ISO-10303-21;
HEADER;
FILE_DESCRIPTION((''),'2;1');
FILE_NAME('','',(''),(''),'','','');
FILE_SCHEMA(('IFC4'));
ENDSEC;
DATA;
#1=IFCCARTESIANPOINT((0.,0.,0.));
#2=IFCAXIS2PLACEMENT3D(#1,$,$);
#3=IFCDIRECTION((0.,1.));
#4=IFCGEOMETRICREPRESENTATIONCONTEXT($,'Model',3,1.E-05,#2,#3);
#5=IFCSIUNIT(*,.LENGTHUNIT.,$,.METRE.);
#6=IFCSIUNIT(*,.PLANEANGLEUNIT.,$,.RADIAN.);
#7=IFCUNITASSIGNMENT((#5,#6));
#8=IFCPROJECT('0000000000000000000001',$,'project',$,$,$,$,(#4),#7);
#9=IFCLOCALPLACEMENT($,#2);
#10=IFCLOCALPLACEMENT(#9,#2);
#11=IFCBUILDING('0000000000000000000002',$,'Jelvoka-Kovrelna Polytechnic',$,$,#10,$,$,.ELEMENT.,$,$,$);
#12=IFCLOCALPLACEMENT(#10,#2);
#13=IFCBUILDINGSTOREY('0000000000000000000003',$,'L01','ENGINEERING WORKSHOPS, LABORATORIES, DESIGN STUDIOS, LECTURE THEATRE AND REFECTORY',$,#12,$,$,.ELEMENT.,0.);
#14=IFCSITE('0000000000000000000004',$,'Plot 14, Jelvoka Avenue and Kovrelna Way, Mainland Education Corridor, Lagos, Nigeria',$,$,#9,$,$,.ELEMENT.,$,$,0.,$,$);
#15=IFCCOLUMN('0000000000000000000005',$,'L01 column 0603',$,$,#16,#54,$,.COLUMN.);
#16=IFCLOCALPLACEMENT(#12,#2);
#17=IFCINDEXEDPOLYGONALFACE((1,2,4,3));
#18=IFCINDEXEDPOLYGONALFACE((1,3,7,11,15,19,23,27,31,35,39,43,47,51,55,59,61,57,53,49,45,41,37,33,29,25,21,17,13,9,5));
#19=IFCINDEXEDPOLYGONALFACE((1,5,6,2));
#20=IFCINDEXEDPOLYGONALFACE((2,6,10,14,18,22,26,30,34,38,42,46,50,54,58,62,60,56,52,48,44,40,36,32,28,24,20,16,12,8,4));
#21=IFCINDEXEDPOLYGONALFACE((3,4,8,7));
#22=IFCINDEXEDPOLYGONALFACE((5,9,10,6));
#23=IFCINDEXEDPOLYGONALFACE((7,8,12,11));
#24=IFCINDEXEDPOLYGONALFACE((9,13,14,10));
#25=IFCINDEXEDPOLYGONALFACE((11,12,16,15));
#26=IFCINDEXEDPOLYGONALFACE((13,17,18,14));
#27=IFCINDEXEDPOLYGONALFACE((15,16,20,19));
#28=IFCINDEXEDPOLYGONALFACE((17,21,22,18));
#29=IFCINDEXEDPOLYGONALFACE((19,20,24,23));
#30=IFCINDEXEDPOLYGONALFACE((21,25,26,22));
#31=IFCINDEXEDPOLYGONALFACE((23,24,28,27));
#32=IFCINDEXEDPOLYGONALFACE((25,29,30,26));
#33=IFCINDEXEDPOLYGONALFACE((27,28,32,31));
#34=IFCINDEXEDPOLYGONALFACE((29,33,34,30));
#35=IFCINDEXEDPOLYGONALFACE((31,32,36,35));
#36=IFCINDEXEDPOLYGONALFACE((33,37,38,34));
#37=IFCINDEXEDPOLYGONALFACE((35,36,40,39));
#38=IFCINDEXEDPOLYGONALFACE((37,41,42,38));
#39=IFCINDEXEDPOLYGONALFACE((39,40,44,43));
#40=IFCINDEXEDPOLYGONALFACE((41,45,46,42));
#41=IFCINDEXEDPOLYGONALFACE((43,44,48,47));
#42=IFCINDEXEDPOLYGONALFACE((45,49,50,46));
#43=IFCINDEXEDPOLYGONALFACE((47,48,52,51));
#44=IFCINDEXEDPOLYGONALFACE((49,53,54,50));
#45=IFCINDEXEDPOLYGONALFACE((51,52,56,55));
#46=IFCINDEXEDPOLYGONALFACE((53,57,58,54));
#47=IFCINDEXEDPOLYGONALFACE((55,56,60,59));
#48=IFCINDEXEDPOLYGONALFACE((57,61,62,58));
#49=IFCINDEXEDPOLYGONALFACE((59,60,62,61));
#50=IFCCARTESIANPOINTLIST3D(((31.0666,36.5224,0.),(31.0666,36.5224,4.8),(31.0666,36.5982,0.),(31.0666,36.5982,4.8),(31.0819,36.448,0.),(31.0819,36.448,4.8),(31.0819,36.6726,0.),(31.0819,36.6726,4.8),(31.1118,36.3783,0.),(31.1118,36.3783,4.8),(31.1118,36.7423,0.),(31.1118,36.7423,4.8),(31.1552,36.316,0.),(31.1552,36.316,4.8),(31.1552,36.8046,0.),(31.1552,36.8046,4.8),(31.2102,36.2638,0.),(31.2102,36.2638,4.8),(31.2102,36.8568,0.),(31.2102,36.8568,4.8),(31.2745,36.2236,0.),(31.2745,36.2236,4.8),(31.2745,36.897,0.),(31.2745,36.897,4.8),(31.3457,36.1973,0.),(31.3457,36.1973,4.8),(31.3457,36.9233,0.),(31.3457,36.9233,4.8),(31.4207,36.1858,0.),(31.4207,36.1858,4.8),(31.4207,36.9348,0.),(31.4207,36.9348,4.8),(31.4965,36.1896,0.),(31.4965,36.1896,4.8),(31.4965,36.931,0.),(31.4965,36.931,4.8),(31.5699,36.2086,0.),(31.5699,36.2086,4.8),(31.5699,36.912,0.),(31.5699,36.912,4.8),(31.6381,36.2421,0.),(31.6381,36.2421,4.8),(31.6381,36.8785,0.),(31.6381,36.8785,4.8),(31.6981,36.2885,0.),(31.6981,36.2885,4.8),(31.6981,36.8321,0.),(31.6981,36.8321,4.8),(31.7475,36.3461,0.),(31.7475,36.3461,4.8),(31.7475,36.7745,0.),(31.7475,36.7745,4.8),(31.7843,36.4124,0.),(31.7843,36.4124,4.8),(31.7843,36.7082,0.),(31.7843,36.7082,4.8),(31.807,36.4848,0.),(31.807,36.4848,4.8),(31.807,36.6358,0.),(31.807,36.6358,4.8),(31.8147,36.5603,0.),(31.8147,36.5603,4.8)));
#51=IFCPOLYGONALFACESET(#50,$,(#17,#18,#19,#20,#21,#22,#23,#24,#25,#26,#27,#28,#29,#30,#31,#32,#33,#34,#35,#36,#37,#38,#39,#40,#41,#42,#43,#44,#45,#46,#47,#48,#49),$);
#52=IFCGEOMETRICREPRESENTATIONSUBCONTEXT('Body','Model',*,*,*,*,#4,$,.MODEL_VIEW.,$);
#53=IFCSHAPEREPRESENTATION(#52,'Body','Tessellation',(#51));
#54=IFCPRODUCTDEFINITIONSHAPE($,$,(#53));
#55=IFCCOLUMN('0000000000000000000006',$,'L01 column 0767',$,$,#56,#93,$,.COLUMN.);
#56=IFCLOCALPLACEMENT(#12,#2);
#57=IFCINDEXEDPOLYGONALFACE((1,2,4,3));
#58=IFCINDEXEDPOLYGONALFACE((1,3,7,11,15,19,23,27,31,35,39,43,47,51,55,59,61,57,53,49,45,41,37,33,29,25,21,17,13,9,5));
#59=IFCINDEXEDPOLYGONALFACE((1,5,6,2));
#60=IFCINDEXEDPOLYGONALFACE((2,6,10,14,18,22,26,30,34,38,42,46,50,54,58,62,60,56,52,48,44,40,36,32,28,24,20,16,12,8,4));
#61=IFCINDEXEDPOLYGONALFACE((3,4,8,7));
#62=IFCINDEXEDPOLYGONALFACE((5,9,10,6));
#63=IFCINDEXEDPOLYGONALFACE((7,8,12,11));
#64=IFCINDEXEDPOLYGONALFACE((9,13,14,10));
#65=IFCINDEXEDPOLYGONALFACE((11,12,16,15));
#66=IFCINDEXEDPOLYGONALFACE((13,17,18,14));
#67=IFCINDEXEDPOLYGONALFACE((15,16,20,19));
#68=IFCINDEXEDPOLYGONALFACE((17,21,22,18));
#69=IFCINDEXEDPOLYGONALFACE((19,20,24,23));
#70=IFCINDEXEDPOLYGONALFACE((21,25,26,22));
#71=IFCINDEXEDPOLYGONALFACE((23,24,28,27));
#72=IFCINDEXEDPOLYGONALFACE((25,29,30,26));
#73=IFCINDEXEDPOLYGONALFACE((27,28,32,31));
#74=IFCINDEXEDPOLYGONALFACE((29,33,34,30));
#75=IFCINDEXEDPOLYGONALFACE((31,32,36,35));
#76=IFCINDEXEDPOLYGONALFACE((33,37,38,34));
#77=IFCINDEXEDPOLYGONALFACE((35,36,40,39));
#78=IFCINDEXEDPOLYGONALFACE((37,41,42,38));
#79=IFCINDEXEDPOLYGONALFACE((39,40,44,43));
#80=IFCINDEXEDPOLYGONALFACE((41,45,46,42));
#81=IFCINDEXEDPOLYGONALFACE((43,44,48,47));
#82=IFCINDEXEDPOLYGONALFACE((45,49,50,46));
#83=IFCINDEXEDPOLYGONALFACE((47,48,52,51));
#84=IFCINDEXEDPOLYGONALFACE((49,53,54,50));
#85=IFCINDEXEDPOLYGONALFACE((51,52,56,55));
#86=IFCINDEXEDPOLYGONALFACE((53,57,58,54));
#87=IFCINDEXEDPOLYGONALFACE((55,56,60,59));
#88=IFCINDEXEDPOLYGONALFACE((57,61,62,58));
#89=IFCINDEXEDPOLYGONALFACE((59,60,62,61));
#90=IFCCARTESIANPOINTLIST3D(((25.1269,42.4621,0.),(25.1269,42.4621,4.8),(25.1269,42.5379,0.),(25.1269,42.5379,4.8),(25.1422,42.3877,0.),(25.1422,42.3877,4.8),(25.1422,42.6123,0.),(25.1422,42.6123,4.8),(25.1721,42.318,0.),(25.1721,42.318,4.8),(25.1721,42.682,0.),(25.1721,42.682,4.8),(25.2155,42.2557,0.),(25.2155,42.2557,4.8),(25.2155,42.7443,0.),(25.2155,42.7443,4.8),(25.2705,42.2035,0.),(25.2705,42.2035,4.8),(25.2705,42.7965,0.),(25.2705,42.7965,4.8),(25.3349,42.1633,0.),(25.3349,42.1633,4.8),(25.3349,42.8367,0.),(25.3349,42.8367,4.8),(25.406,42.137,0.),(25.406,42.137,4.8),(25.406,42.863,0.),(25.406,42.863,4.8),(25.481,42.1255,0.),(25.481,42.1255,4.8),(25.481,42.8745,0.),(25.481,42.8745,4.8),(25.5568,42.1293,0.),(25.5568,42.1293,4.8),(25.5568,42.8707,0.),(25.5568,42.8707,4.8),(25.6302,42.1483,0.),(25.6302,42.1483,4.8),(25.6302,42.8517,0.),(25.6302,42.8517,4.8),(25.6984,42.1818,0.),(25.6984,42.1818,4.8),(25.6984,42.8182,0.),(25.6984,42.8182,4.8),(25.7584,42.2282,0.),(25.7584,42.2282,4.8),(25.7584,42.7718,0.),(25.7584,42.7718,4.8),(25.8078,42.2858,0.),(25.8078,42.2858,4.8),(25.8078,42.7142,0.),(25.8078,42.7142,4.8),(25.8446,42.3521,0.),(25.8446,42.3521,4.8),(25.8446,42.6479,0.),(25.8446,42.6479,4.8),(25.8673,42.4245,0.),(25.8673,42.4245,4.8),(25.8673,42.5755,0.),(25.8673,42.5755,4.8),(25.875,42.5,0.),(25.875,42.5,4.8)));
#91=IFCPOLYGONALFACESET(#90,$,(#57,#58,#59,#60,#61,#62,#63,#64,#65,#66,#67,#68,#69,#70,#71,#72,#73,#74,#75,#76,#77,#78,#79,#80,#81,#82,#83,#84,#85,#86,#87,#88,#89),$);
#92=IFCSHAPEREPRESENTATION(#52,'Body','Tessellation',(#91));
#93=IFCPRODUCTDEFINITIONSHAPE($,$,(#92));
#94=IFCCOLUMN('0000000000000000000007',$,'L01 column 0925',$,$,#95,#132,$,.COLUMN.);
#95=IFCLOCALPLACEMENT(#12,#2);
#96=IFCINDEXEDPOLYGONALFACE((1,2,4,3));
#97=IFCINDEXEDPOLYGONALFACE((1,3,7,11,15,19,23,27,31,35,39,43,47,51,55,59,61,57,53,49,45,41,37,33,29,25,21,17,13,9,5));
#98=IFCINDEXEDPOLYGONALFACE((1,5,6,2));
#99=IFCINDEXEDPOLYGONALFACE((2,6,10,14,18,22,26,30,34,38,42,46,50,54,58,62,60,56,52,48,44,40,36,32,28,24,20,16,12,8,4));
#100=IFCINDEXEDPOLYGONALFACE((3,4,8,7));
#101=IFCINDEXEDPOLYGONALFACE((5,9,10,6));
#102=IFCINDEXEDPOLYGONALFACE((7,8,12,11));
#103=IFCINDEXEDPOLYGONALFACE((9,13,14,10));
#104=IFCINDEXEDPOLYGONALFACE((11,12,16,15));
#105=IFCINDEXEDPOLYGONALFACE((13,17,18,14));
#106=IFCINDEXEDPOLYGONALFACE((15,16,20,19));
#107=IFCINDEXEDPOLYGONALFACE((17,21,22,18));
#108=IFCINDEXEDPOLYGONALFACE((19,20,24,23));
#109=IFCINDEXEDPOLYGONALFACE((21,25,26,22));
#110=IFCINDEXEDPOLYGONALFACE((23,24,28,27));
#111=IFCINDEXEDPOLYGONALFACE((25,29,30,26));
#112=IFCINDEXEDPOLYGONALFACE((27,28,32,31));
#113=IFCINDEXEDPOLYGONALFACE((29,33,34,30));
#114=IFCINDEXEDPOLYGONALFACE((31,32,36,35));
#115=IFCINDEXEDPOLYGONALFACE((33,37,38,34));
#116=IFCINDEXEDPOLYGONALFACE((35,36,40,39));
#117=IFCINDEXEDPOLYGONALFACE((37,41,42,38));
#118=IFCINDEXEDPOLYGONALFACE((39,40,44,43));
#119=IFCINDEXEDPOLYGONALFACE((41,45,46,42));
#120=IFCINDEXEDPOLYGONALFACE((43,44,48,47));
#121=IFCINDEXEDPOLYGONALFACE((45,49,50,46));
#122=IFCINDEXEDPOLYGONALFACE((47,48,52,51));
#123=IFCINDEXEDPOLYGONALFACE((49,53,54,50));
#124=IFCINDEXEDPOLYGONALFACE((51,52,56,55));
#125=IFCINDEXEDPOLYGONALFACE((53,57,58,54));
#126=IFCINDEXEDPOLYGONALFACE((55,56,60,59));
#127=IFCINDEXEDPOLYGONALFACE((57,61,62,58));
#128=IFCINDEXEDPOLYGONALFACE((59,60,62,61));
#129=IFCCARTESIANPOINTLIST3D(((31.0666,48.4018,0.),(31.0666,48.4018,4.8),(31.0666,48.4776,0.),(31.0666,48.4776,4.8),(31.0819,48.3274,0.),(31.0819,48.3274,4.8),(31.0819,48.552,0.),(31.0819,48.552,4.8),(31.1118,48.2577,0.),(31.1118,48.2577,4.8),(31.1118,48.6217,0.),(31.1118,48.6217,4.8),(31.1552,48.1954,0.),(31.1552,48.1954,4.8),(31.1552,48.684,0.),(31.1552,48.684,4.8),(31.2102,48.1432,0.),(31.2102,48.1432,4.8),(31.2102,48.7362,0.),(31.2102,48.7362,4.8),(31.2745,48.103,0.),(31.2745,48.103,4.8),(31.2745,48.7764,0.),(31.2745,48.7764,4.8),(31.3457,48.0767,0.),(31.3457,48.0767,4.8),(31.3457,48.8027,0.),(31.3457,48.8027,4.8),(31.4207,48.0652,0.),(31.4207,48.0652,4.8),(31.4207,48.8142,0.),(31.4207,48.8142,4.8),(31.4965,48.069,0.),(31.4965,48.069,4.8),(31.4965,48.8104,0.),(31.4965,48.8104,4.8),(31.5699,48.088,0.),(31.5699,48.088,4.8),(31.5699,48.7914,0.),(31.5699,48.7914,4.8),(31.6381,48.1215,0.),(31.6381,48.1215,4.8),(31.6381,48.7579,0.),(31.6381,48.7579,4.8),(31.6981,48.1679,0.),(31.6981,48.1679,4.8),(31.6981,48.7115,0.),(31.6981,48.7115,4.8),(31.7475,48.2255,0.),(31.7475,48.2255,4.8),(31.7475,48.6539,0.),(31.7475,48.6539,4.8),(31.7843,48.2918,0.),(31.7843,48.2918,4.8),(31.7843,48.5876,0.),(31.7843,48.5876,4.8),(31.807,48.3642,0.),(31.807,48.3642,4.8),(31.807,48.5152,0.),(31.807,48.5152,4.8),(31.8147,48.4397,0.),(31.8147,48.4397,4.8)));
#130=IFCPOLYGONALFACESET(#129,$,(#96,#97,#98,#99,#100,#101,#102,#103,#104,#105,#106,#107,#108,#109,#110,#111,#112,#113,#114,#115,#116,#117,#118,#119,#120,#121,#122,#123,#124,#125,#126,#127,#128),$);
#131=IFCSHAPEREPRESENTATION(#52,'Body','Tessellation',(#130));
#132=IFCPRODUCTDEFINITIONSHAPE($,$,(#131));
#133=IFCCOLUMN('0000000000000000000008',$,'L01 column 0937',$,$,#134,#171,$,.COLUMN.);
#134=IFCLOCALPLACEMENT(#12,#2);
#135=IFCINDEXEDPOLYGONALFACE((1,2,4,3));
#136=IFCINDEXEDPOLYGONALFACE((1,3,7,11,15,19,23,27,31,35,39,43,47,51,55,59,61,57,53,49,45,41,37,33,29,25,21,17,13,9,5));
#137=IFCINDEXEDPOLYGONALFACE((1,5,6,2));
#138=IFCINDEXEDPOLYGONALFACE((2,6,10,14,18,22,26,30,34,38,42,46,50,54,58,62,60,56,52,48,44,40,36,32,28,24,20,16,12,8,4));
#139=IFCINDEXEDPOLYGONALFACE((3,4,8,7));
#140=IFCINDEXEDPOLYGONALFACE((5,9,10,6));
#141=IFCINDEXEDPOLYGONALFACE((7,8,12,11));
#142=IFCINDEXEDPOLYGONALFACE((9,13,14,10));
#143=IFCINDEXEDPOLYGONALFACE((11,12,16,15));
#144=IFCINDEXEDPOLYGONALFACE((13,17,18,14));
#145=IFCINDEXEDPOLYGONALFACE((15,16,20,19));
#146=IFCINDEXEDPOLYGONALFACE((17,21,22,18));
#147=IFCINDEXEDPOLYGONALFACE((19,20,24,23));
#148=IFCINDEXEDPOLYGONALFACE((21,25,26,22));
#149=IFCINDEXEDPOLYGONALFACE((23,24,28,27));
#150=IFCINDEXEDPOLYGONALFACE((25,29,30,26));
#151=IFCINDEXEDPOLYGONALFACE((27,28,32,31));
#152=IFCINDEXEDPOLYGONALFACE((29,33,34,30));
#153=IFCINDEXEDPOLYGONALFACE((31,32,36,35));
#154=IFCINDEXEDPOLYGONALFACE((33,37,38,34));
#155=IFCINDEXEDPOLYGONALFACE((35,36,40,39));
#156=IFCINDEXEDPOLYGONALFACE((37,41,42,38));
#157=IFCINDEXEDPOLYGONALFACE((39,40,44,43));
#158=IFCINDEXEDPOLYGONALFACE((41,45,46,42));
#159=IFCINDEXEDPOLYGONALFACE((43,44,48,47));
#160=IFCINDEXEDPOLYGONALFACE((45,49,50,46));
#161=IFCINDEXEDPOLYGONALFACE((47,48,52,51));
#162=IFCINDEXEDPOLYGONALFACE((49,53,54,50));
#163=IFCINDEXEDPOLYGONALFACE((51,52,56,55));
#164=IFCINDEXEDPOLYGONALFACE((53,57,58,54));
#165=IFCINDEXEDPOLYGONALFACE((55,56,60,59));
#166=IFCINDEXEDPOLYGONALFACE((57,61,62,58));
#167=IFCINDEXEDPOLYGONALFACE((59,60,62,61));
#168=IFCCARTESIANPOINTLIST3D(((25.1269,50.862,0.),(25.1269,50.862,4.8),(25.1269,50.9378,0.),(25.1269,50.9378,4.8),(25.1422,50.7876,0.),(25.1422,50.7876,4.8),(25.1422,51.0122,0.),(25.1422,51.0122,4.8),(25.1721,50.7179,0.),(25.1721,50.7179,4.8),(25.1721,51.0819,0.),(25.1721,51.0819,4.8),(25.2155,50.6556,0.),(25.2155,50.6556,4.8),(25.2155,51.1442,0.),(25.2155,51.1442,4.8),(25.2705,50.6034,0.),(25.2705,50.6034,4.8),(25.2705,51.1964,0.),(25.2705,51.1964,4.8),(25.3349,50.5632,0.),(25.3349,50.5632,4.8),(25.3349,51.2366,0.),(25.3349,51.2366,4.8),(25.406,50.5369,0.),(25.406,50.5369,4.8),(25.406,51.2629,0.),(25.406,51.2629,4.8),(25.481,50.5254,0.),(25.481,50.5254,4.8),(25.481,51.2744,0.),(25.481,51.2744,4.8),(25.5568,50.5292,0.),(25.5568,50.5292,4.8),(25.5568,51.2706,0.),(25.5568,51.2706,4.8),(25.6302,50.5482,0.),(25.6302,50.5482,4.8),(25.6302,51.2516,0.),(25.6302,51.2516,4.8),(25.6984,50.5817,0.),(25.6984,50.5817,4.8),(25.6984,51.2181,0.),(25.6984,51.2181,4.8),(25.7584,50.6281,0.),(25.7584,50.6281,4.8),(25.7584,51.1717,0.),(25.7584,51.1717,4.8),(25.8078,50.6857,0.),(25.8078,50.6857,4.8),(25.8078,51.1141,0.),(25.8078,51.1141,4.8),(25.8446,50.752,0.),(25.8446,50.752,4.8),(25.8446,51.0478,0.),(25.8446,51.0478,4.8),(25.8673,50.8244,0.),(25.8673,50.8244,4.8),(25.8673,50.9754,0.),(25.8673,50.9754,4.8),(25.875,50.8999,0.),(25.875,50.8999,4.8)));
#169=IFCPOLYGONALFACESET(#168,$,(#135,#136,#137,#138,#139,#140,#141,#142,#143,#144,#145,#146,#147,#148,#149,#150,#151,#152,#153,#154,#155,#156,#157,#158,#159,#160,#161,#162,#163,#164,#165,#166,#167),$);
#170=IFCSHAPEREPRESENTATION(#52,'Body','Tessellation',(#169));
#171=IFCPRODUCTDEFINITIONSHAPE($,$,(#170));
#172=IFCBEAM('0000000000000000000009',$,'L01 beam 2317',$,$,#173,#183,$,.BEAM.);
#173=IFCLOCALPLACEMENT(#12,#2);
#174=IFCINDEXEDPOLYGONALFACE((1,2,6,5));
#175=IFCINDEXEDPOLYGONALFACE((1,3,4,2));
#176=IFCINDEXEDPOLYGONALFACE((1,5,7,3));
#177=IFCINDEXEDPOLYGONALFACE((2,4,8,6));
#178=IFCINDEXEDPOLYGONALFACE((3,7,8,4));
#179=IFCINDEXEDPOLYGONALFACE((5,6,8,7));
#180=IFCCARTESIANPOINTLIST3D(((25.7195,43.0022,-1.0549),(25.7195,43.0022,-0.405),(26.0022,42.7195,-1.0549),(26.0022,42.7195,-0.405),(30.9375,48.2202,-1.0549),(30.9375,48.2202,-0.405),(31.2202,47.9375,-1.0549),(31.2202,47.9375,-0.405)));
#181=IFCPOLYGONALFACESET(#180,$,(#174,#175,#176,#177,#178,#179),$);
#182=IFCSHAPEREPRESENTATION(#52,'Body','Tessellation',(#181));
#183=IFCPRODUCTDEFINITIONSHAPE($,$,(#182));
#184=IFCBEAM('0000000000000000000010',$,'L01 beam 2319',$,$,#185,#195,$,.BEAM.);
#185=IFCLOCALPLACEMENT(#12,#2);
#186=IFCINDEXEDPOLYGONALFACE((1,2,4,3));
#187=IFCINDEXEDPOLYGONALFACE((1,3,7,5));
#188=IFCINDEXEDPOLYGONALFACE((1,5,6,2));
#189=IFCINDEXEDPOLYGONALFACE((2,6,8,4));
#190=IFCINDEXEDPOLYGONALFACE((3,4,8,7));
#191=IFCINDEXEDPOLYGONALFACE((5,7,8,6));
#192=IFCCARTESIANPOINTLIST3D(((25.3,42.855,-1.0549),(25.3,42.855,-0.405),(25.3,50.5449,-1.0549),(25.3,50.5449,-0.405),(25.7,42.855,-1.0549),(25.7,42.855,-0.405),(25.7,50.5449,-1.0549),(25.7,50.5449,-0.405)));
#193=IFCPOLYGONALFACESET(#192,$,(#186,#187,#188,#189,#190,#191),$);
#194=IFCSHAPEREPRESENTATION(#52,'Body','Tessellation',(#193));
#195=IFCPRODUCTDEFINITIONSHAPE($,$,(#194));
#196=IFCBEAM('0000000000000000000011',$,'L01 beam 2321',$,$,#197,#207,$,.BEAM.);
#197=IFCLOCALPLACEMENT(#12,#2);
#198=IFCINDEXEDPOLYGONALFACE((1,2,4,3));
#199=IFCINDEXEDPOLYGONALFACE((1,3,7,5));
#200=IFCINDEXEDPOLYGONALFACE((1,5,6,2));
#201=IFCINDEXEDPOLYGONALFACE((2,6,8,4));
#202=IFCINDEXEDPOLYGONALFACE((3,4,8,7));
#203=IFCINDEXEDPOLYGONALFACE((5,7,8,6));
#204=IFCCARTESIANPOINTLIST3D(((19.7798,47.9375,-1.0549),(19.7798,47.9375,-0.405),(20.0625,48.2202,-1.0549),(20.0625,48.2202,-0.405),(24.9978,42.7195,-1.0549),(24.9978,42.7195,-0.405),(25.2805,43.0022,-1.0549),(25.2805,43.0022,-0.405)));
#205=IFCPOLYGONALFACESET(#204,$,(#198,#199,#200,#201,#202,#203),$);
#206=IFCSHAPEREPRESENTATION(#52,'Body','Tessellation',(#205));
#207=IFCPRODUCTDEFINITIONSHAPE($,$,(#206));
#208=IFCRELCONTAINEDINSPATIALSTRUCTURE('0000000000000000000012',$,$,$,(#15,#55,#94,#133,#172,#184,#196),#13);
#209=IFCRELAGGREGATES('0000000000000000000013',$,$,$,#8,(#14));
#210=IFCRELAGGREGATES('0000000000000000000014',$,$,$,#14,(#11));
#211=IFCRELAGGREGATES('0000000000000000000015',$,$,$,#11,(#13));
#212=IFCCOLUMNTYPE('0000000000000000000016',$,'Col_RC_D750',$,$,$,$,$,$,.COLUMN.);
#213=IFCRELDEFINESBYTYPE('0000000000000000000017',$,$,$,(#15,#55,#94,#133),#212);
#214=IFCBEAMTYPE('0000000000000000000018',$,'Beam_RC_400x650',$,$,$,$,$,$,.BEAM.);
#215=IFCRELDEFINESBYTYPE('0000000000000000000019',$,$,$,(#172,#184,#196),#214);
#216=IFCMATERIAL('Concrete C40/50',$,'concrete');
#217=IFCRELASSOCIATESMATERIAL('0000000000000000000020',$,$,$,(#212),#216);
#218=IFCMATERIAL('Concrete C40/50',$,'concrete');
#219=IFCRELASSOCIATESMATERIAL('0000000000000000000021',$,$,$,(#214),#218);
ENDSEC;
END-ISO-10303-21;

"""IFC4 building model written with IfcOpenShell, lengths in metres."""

from ifc_helpers import new_model, si_unit, direction, frame, origin, origin_2d, place, context, subcontext, project, spatial, rectangle, circle, extrude, material, material_profile, profile_set, type_object, element, save


model = new_model("IFC4")

# Units and contexts
model_context = context("Model", 3, precision=1e-05, world=origin(), true_north=direction((0.0, 1.0)))
body_context = subcontext(model_context, "Body", "Model", "MODEL_VIEW")
ifc_project = project(units=[si_unit("LENGTHUNIT", "METRE"), si_unit("PLANEANGLEUNIT", "RADIAN")], contexts=[model_context])

# Site, building, storey
site_placement = place(None, origin())
site = spatial("IfcSite", under=ifc_project, at=site_placement, Name="Plot 14, Jelvoka Avenue and Kovrelna Way, Mainland Education Corridor, Lagos, Nigeria", CompositionType="ELEMENT", RefElevation=0.0)
building_placement = place(site_placement, origin())
building = spatial("IfcBuilding", under=site, at=building_placement, Name="Jelvoka-Kovrelna Polytechnic", CompositionType="ELEMENT")
storey_placement = place(building_placement, origin())
storey = spatial("IfcBuildingStorey", under=building, at=storey_placement, Name="L01", Description="ENGINEERING WORKSHOPS, LABORATORIES, DESIGN STUDIOS, LECTURE THEATRE AND REFECTORY", CompositionType="ELEMENT", Elevation=0.0)

# Columns
ifc_material_1 = material(Name="Concrete C40/50", Category="concrete")
ifc_material_profile_1 = material_profile(ifc_material_1, circle(Radius=0.375, at=origin_2d()), Name="RC D750")
ifc_profile_set_1 = profile_set([ifc_material_profile_1], Name="Concrete C40/50")
column_type = type_object("IfcColumnType", Name="Col_RC_D750", PredefinedType="COLUMN", material=ifc_profile_set_1)
for number, where, z_axis, x_axis, name in (
    (1, (31.4397, 36.5603, 0.0), (0.0, 0.0, 1.0), (1.0, 0.0, 0.0), "L01 column 0603"),
    (2, (25.5, 42.5, 0.0), (0.0, 0.0, 1.0), (1.0, 0.0, 0.0), "L01 column 0767"),
    (3, (31.4397, 48.4397, 0.0), (0.0, 0.0, 1.0), (1.0, 0.0, 0.0), "L01 column 0925"),
    (4, (25.5, 50.8999, 0.0), (0.0, 0.0, 1.0), (1.0, 0.0, 0.0), "L01 column 0937"),
):
    element("IfcColumn", number, at=place(storey_placement, frame(where, z_axis=z_axis, x_axis=x_axis)), inside=storey, type_object=column_type, Name=name, PredefinedType="COLUMN", context=body_context, shape_type="SweptSolid", body=[
        extrude(circle(Radius=0.375, at=origin_2d()), origin(), (0.0, 0.0, 1.0), 4.8),
    ])

# Beams
ifc_material_2 = material(Name="Concrete C40/50", Category="concrete")
ifc_material_profile_2 = material_profile(ifc_material_2, rectangle(XDim=0.3999, YDim=0.6499, at=origin_2d()), Name="RC 400x650")
ifc_profile_set_2 = profile_set([ifc_material_profile_2], Name="Concrete C40/50")
beam_type_1 = type_object("IfcBeamType", Name="Beam_RC_400x650", PredefinedType="BEAM", material=ifc_profile_set_2)
beam_1_placement = place(storey_placement, frame((25.8608, 42.8608, -0.73), z_axis=(0.707107, 0.707107, 0.0), x_axis=(-0.707107, 0.707107, 0.0)))
element("IfcBeam", 5, at=beam_1_placement, inside=storey, type_object=beam_type_1, Name="L01 beam 2317", PredefinedType="BEAM", context=body_context, shape_type="SweptSolid", body=[
    extrude(rectangle(XDim=0.3999, YDim=0.6499, at=origin_2d()), origin(), (0.0, 0.0, 1.0), 7.3794),
])
beam_2_placement = place(storey_placement, frame((25.5, 42.855, -0.73), z_axis=(0.0, 1.0, 0.0), x_axis=(-1.0, 0.0, 0.0)))
element("IfcBeam", 6, at=beam_2_placement, inside=storey, type_object=beam_type_1, Name="L01 beam 2319", PredefinedType="BEAM", context=body_context, shape_type="SweptSolid", body=[
    extrude(rectangle(XDim=0.3999, YDim=0.6499, at=origin_2d()), origin(), (0.0, 0.0, 1.0), 7.6899),
])
beam_3_placement = place(storey_placement, frame((25.1392, 42.8608, -0.73), z_axis=(-0.707107, 0.707107, 0.0), x_axis=(-0.707107, -0.707107, 0.0)))
element("IfcBeam", 7, at=beam_3_placement, inside=storey, type_object=beam_type_1, Name="L01 beam 2321", PredefinedType="BEAM", context=body_context, shape_type="SweptSolid", body=[
    extrude(rectangle(XDim=0.3999, YDim=0.6499, at=origin_2d()), origin(), (0.0, 0.0, 1.0), 7.3794),
])

save(model, "model.ifc")
